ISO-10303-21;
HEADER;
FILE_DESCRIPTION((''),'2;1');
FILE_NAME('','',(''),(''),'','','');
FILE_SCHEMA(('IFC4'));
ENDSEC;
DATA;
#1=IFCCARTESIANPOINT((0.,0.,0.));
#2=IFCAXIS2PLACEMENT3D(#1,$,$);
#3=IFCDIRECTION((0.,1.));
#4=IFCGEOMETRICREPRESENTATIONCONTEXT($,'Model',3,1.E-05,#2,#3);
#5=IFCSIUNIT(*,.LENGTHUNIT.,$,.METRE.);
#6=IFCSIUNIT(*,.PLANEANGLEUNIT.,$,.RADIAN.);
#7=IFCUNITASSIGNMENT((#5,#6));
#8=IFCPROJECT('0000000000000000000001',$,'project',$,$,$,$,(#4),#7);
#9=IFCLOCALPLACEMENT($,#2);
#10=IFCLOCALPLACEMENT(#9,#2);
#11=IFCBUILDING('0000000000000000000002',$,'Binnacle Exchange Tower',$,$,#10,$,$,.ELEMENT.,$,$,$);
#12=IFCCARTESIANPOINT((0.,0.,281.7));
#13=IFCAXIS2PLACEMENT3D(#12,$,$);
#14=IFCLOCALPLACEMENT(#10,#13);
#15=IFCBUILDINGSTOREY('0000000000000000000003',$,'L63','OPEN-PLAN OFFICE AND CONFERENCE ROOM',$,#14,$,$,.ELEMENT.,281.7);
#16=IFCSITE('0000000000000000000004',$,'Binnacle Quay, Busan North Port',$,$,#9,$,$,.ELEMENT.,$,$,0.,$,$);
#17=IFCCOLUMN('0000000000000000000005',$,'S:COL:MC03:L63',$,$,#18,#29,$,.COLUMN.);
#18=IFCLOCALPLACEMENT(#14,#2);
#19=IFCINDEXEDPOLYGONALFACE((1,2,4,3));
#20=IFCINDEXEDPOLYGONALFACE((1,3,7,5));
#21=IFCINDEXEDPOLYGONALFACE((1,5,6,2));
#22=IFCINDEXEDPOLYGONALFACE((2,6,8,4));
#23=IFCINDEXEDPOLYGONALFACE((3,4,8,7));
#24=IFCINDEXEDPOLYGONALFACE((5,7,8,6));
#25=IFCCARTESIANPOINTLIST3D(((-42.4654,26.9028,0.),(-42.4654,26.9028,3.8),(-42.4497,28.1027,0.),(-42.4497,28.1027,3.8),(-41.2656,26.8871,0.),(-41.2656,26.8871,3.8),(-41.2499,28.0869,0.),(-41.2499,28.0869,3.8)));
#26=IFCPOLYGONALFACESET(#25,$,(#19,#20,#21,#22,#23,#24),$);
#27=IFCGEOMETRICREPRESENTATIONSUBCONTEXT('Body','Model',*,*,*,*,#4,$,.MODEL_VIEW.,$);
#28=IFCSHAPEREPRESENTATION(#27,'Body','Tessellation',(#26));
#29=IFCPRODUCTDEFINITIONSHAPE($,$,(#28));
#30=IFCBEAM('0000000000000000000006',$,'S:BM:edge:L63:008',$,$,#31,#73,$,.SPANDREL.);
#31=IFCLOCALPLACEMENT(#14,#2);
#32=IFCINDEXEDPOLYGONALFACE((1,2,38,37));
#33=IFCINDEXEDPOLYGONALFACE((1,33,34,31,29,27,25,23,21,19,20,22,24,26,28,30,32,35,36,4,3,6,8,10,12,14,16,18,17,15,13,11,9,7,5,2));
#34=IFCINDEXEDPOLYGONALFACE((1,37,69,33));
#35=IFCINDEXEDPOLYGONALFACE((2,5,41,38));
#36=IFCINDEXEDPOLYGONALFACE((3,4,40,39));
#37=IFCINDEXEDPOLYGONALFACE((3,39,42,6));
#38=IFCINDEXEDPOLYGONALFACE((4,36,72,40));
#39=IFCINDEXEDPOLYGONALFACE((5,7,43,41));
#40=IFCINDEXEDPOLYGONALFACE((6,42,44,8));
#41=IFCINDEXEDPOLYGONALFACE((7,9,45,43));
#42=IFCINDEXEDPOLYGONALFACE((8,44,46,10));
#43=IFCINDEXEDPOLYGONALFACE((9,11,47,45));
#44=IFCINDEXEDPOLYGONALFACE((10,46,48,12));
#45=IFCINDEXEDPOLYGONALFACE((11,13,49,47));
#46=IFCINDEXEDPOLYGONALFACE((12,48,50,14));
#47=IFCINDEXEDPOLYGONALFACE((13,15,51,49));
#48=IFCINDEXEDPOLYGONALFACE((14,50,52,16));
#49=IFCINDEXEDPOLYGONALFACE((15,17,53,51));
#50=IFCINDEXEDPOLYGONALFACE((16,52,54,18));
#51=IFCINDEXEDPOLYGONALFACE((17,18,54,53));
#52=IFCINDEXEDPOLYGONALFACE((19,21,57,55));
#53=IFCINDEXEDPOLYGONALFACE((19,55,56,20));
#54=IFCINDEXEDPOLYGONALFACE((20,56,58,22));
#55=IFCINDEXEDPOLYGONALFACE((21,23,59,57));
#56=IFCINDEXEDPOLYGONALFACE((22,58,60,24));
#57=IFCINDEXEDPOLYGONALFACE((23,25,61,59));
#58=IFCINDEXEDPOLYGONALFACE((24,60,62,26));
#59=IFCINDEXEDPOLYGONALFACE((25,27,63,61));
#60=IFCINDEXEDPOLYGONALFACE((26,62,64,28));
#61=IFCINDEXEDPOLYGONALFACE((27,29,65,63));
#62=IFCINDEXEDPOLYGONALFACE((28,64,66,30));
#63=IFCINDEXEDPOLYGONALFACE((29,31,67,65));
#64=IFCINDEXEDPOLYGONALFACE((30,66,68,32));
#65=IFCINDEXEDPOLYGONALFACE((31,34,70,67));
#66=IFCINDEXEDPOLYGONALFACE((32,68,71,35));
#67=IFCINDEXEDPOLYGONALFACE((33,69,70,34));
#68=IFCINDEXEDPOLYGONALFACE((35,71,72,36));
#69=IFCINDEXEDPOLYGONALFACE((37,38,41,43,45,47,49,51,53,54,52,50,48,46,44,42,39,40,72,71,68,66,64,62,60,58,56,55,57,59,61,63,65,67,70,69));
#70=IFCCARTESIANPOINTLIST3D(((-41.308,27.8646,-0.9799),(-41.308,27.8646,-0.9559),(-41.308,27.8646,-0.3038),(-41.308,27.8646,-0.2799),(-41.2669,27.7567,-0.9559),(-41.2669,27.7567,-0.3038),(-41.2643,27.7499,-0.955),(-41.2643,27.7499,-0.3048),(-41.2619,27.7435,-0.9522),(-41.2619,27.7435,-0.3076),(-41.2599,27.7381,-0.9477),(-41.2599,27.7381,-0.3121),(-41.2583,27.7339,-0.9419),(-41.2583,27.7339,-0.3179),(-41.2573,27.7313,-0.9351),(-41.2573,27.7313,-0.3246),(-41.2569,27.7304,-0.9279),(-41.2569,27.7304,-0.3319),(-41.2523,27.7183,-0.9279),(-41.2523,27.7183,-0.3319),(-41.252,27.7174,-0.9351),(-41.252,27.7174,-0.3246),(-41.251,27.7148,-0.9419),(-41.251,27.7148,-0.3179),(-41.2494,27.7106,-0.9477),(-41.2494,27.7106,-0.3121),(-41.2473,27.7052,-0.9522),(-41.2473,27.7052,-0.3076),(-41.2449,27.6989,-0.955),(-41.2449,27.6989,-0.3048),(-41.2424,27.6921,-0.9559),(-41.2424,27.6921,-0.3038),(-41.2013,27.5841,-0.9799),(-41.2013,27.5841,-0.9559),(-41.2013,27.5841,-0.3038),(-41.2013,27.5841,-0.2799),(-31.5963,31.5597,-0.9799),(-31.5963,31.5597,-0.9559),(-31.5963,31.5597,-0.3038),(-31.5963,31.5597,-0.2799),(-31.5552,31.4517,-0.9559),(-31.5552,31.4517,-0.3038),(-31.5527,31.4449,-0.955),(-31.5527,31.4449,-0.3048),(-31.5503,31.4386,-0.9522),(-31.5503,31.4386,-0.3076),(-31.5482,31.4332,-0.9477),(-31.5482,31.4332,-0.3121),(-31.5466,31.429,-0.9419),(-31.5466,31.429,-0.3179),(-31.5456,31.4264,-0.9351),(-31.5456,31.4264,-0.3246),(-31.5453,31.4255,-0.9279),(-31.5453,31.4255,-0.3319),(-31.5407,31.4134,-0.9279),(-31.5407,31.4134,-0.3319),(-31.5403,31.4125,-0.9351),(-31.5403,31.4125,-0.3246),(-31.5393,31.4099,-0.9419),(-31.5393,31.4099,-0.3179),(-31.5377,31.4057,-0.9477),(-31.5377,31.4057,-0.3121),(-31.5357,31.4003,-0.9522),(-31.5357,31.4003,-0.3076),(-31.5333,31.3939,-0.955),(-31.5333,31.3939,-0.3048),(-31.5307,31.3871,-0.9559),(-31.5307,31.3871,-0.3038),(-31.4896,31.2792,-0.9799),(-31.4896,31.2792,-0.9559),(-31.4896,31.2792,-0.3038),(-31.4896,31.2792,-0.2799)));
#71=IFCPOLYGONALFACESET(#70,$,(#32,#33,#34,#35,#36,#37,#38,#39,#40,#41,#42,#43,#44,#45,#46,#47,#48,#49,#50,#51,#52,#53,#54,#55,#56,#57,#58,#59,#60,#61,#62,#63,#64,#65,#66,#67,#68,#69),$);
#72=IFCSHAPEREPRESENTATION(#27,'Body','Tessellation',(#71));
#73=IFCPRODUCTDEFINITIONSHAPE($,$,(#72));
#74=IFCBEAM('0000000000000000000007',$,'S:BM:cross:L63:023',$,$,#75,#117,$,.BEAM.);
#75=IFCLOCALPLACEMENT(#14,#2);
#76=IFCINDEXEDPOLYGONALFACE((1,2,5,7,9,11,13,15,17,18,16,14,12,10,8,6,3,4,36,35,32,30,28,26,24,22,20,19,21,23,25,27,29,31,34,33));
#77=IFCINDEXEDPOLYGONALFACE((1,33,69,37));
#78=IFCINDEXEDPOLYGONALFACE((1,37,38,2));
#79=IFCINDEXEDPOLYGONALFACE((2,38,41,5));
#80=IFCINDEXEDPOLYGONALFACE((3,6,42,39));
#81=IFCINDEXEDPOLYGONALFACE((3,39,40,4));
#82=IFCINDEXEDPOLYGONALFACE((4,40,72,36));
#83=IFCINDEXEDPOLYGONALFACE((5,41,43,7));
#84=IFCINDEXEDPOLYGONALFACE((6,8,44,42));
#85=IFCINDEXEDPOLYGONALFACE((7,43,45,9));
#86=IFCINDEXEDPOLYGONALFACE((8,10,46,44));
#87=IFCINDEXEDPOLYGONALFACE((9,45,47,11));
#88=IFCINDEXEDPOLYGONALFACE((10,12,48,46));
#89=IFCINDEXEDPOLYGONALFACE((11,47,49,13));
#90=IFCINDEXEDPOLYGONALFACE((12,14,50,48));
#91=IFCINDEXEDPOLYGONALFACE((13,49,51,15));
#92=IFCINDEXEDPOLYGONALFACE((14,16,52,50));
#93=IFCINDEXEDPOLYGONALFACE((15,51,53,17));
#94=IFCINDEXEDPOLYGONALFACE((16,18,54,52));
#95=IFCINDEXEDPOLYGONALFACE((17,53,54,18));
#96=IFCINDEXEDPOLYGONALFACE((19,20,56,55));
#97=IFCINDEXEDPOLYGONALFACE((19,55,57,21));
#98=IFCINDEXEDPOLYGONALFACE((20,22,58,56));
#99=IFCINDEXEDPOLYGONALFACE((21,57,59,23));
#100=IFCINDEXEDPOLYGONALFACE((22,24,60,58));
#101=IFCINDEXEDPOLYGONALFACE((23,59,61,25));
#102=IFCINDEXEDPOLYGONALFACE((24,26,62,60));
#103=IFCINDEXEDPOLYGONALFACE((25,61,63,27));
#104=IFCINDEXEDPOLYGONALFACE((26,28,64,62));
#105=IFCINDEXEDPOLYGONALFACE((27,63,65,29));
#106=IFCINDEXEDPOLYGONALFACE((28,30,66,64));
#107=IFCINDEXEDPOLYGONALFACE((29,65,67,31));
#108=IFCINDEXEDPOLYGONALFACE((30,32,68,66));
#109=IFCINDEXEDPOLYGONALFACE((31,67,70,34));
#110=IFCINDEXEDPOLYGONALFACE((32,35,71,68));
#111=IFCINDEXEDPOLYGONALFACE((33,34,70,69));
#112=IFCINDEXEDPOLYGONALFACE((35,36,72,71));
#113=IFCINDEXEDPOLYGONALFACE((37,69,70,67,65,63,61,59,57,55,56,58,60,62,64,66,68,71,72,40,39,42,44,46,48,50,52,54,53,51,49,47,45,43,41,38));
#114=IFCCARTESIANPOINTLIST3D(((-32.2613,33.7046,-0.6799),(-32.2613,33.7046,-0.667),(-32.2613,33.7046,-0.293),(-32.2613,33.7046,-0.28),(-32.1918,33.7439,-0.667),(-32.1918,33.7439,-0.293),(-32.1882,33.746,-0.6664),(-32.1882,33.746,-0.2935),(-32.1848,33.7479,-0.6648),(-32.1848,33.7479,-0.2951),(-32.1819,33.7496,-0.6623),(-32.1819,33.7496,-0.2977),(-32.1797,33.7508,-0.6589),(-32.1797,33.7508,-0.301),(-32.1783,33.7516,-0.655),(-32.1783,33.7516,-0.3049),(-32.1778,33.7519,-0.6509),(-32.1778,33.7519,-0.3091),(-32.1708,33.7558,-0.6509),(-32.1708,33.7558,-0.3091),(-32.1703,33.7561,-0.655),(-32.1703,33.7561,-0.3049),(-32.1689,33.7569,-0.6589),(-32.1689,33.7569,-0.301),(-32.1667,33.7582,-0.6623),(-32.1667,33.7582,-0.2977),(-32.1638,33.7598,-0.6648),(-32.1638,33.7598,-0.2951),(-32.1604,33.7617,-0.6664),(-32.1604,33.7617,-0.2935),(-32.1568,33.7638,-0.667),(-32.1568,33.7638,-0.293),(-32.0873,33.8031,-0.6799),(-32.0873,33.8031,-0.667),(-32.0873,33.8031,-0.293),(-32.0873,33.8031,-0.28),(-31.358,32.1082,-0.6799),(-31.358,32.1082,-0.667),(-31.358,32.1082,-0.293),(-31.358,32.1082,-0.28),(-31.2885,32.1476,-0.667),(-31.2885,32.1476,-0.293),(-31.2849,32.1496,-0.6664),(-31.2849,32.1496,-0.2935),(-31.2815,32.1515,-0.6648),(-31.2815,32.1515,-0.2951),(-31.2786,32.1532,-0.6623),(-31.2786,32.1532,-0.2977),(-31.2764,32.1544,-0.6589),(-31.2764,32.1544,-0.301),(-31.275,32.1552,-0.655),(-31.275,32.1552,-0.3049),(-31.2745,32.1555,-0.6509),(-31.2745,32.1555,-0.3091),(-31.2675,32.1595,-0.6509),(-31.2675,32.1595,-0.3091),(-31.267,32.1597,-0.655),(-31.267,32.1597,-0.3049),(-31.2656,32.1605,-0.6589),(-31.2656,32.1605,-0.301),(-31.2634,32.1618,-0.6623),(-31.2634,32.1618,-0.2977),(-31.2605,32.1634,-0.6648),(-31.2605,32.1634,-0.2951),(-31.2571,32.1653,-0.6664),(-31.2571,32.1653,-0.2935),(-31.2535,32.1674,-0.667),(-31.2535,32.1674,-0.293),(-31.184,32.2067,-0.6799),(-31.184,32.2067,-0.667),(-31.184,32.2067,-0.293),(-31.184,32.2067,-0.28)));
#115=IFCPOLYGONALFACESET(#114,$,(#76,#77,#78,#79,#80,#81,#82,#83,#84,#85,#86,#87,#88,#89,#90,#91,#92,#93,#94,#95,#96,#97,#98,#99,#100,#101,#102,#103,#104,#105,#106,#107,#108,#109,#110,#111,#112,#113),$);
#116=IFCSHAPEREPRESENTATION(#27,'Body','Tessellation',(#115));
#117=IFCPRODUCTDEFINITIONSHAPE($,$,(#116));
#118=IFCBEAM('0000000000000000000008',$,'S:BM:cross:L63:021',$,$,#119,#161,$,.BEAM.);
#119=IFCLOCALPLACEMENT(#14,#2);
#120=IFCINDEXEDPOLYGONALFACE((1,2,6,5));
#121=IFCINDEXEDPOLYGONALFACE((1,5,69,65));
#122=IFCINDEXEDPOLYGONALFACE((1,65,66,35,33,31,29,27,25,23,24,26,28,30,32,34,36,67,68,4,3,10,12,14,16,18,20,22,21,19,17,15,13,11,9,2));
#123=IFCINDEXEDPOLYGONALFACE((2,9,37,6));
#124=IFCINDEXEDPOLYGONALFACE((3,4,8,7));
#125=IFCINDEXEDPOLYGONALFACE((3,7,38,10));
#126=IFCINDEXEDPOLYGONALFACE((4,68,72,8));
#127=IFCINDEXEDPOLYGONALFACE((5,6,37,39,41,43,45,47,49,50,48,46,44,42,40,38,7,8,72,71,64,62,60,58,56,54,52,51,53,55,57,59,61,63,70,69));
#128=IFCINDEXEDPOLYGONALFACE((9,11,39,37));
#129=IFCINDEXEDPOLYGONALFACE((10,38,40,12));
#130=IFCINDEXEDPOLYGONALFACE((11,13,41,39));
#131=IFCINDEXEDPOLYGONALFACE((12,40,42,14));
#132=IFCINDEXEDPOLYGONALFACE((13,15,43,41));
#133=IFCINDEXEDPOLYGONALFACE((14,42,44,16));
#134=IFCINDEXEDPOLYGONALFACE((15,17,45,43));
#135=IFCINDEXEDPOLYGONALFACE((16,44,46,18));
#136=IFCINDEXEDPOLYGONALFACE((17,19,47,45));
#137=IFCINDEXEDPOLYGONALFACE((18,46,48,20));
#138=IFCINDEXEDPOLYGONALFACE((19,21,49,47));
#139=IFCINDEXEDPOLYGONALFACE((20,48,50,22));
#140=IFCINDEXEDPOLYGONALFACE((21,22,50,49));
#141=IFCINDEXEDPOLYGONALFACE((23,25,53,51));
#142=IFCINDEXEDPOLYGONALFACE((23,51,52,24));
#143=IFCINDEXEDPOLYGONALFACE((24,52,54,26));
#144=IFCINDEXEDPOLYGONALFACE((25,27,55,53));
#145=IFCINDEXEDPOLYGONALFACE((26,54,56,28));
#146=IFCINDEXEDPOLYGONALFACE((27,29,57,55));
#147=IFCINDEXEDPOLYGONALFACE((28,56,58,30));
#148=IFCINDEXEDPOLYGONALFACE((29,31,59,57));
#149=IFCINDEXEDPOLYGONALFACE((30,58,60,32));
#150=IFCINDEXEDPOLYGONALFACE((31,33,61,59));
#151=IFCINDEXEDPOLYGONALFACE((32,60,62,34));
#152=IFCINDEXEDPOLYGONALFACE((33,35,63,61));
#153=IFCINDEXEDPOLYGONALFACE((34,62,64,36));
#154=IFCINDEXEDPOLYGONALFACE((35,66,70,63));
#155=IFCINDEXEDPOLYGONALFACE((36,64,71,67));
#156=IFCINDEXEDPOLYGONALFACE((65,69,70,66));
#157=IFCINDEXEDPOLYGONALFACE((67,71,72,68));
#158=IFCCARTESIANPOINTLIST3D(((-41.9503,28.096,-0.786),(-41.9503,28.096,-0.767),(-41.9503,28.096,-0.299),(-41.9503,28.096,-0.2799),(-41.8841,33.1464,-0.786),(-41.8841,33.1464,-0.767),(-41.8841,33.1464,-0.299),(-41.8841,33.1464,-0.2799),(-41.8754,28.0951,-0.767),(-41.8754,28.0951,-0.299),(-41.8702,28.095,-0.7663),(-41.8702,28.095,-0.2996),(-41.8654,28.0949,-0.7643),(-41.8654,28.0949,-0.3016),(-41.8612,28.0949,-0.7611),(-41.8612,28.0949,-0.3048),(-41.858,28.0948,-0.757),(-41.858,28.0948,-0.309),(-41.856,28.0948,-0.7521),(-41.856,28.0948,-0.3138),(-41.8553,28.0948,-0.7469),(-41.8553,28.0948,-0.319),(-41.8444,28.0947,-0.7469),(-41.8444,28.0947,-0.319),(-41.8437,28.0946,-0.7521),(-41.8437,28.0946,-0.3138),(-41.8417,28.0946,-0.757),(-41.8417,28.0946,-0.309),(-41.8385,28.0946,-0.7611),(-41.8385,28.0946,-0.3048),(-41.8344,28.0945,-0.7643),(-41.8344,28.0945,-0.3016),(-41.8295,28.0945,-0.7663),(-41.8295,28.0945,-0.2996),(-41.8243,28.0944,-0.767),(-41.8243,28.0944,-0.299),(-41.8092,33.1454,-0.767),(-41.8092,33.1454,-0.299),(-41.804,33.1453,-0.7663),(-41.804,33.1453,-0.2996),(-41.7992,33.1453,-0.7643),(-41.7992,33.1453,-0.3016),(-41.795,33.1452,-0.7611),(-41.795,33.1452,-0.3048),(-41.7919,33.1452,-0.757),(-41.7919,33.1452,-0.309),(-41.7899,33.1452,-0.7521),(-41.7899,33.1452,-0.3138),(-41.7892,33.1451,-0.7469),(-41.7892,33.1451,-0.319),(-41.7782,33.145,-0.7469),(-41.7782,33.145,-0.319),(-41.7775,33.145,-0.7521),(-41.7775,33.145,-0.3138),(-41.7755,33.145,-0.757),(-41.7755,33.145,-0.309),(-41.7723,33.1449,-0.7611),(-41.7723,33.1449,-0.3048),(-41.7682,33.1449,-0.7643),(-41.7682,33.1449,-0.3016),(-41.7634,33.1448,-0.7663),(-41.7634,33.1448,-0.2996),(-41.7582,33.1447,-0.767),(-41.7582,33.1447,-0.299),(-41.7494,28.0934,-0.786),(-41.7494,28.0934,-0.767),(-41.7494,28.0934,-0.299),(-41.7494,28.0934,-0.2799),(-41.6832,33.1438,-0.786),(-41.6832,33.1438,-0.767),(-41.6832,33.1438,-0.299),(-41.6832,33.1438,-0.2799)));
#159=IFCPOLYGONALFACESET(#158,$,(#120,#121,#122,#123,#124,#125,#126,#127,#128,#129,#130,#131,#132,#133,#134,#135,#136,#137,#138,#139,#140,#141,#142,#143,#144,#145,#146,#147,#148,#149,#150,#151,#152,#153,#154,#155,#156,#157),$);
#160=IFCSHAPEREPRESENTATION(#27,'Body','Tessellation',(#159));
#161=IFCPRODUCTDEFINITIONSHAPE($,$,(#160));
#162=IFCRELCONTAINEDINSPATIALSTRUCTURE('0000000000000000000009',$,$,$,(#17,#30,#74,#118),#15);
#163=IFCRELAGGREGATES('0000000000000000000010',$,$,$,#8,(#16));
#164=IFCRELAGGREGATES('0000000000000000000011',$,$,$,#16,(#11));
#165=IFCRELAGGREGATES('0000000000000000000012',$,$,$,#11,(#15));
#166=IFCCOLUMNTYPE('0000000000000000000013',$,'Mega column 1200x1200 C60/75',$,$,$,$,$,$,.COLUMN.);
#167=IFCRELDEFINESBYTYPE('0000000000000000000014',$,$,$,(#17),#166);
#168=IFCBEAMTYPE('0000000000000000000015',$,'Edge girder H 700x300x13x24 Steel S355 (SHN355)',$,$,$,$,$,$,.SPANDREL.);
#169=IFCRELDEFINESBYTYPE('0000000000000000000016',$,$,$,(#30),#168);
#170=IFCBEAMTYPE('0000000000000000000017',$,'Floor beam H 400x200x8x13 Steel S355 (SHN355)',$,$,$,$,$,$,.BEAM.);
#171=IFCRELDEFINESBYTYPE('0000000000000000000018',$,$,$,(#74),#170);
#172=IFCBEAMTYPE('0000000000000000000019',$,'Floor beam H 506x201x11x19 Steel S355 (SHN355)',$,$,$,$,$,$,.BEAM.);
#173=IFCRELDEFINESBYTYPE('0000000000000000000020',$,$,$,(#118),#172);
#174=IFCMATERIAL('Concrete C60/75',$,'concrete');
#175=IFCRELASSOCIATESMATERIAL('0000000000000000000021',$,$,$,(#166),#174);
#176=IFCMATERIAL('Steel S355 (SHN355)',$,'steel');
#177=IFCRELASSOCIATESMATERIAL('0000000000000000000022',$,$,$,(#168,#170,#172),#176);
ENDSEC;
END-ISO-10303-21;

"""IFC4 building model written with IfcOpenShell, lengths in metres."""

from ifc_helpers import new_model, si_unit, direction, frame, origin, origin_2d, place, context, subcontext, project, spatial, rectangle, i_section, extrude, material, material_profile, profile_set, type_object, element, save


model = new_model("IFC4")

# Units and contexts
model_context = context("Model", 3, precision=1e-05, world=origin(), true_north=direction((0.0, 1.0)))
body_context = subcontext(model_context, "Body", "Model", "MODEL_VIEW")
ifc_project = project(units=[si_unit("LENGTHUNIT", "METRE"), si_unit("PLANEANGLEUNIT", "RADIAN")], contexts=[model_context])

# Site, building, storey
site_placement = place(None, origin())
site = spatial("IfcSite", under=ifc_project, at=site_placement, Name="Binnacle Quay, Busan North Port", CompositionType="ELEMENT", RefElevation=0.0)
building_placement = place(site_placement, origin())
building = spatial("IfcBuilding", under=site, at=building_placement, Name="Binnacle Exchange Tower", CompositionType="ELEMENT")
storey_placement = place(building_placement, frame((0.0, 0.0, 281.7)))
storey = spatial("IfcBuildingStorey", under=building, at=storey_placement, Name="L63", Description="OPEN-PLAN OFFICE AND CONFERENCE ROOM", CompositionType="ELEMENT", Elevation=281.7)

# Column
ifc_material_1 = material(Name="Concrete C60/75", Category="concrete")
ifc_material_profile_1 = material_profile(ifc_material_1, rectangle(XDim=1.2, YDim=1.2, at=origin_2d()), Name="Mega column 1200x1200 C60/75")
ifc_profile_set_1 = profile_set([ifc_material_profile_1], Name="Concrete C60/75")
column_type = type_object("IfcColumnType", Name="Mega column 1200x1200 C60/75", PredefinedType="COLUMN", material=ifc_profile_set_1)
column_placement = place(storey_placement, frame((-41.8577, 27.4949, 0.0), z_axis=(0.0, 0.0, 1.0), x_axis=(0.999914, -0.01309, 0.0)))
element("IfcColumn", 1, at=column_placement, inside=storey, type_object=column_type, Name="S:COL:MC03:L63", PredefinedType="COLUMN", context=body_context, shape_type="SweptSolid", body=[
    extrude(rectangle(XDim=1.2, YDim=1.2, at=origin_2d()), origin(), (0.0, 0.0, 1.0), 3.8),
])

# Beams
ifc_material_2 = material(Name="Steel S355 (SHN355)", Category="steel")
ifc_material_profile_2 = material_profile(ifc_material_2, i_section(OverallWidth=0.3, OverallDepth=0.7, WebThickness=0.0129, FlangeThickness=0.0239, FilletRadius=0.0281, at=origin_2d()), Name="H 700x300x13x24")
ifc_profile_set_2 = profile_set([ifc_material_profile_2], Name="Steel S355 (SHN355)")
beam_type_1 = type_object("IfcBeamType", Name="Edge girder H 700x300x13x24 Steel S355 (SHN355)", PredefinedType="SPANDREL", material=ifc_profile_set_2)
beam_1_placement = place(storey_placement, frame((-41.2546, 27.7244, -0.6299), z_axis=(0.934635, 0.355607, 0.0), x_axis=(-0.355607, 0.934635, 0.0)))
element("IfcBeam", 2, at=beam_1_placement, inside=storey, type_object=beam_type_1, Name="S:BM:edge:L63:008", PredefinedType="SPANDREL", context=body_context, shape_type="SweptSolid", body=[
    extrude(i_section(OverallWidth=0.3, OverallDepth=0.7, WebThickness=0.0129, FlangeThickness=0.0239, FilletRadius=0.0281, at=origin_2d()), origin(), (0.0, 0.0, 1.0), 10.3909),
])
ifc_material_profile_3 = material_profile(ifc_material_2, i_section(OverallWidth=0.2, OverallDepth=0.3999, WebThickness=0.0081, FlangeThickness=0.0129, FilletRadius=0.0161, at=origin_2d()), Name="H 400x200x8x13")
ifc_profile_set_3 = profile_set([ifc_material_profile_3], Name="Steel S355 (SHN355)")
beam_type_2 = type_object("IfcBeamType", Name="Floor beam H 400x200x8x13 Steel S355 (SHN355)", PredefinedType="BEAM", material=ifc_profile_set_3)
beam_2_placement = place(storey_placement, frame((-31.271, 32.1575, -0.48), z_axis=(-0.492465, 0.870332, 0.0), x_axis=(-0.870332, -0.492465, 0.0)))
element("IfcBeam", 3, at=beam_2_placement, inside=storey, type_object=beam_type_2, Name="S:BM:cross:L63:023", PredefinedType="BEAM", context=body_context, shape_type="SweptSolid", body=[
    extrude(i_section(OverallWidth=0.2, OverallDepth=0.3999, WebThickness=0.0081, FlangeThickness=0.0129, FilletRadius=0.0161, at=origin_2d()), origin(), (0.0, 0.0, 1.0), 1.8342),
])
ifc_material_profile_4 = material_profile(ifc_material_2, i_section(OverallWidth=0.2009, OverallDepth=0.5061, WebThickness=0.011, FlangeThickness=0.019, FilletRadius=0.02, at=origin_2d()), Name="H 506x201x11x19")
ifc_profile_set_4 = profile_set([ifc_material_profile_4], Name="Steel S355 (SHN355)")
beam_type_3 = type_object("IfcBeamType", Name="Floor beam H 506x201x11x19 Steel S355 (SHN355)", PredefinedType="BEAM", material=ifc_profile_set_4)
beam_3_placement = place(storey_placement, frame((-41.8499, 28.0947, -0.533), z_axis=(0.0131, 0.999914, 0.0), x_axis=(-0.999914, 0.0131, 0.0)))
element("IfcBeam", 4, at=beam_3_placement, inside=storey, type_object=beam_type_3, Name="S:BM:cross:L63:021", PredefinedType="BEAM", context=body_context, shape_type="SweptSolid", body=[
    extrude(i_section(OverallWidth=0.2009, OverallDepth=0.5061, WebThickness=0.011, FlangeThickness=0.019, FilletRadius=0.02, at=origin_2d()), origin(), (0.0, 0.0, 1.0), 5.0508),
])

save(model, "model.ifc")
